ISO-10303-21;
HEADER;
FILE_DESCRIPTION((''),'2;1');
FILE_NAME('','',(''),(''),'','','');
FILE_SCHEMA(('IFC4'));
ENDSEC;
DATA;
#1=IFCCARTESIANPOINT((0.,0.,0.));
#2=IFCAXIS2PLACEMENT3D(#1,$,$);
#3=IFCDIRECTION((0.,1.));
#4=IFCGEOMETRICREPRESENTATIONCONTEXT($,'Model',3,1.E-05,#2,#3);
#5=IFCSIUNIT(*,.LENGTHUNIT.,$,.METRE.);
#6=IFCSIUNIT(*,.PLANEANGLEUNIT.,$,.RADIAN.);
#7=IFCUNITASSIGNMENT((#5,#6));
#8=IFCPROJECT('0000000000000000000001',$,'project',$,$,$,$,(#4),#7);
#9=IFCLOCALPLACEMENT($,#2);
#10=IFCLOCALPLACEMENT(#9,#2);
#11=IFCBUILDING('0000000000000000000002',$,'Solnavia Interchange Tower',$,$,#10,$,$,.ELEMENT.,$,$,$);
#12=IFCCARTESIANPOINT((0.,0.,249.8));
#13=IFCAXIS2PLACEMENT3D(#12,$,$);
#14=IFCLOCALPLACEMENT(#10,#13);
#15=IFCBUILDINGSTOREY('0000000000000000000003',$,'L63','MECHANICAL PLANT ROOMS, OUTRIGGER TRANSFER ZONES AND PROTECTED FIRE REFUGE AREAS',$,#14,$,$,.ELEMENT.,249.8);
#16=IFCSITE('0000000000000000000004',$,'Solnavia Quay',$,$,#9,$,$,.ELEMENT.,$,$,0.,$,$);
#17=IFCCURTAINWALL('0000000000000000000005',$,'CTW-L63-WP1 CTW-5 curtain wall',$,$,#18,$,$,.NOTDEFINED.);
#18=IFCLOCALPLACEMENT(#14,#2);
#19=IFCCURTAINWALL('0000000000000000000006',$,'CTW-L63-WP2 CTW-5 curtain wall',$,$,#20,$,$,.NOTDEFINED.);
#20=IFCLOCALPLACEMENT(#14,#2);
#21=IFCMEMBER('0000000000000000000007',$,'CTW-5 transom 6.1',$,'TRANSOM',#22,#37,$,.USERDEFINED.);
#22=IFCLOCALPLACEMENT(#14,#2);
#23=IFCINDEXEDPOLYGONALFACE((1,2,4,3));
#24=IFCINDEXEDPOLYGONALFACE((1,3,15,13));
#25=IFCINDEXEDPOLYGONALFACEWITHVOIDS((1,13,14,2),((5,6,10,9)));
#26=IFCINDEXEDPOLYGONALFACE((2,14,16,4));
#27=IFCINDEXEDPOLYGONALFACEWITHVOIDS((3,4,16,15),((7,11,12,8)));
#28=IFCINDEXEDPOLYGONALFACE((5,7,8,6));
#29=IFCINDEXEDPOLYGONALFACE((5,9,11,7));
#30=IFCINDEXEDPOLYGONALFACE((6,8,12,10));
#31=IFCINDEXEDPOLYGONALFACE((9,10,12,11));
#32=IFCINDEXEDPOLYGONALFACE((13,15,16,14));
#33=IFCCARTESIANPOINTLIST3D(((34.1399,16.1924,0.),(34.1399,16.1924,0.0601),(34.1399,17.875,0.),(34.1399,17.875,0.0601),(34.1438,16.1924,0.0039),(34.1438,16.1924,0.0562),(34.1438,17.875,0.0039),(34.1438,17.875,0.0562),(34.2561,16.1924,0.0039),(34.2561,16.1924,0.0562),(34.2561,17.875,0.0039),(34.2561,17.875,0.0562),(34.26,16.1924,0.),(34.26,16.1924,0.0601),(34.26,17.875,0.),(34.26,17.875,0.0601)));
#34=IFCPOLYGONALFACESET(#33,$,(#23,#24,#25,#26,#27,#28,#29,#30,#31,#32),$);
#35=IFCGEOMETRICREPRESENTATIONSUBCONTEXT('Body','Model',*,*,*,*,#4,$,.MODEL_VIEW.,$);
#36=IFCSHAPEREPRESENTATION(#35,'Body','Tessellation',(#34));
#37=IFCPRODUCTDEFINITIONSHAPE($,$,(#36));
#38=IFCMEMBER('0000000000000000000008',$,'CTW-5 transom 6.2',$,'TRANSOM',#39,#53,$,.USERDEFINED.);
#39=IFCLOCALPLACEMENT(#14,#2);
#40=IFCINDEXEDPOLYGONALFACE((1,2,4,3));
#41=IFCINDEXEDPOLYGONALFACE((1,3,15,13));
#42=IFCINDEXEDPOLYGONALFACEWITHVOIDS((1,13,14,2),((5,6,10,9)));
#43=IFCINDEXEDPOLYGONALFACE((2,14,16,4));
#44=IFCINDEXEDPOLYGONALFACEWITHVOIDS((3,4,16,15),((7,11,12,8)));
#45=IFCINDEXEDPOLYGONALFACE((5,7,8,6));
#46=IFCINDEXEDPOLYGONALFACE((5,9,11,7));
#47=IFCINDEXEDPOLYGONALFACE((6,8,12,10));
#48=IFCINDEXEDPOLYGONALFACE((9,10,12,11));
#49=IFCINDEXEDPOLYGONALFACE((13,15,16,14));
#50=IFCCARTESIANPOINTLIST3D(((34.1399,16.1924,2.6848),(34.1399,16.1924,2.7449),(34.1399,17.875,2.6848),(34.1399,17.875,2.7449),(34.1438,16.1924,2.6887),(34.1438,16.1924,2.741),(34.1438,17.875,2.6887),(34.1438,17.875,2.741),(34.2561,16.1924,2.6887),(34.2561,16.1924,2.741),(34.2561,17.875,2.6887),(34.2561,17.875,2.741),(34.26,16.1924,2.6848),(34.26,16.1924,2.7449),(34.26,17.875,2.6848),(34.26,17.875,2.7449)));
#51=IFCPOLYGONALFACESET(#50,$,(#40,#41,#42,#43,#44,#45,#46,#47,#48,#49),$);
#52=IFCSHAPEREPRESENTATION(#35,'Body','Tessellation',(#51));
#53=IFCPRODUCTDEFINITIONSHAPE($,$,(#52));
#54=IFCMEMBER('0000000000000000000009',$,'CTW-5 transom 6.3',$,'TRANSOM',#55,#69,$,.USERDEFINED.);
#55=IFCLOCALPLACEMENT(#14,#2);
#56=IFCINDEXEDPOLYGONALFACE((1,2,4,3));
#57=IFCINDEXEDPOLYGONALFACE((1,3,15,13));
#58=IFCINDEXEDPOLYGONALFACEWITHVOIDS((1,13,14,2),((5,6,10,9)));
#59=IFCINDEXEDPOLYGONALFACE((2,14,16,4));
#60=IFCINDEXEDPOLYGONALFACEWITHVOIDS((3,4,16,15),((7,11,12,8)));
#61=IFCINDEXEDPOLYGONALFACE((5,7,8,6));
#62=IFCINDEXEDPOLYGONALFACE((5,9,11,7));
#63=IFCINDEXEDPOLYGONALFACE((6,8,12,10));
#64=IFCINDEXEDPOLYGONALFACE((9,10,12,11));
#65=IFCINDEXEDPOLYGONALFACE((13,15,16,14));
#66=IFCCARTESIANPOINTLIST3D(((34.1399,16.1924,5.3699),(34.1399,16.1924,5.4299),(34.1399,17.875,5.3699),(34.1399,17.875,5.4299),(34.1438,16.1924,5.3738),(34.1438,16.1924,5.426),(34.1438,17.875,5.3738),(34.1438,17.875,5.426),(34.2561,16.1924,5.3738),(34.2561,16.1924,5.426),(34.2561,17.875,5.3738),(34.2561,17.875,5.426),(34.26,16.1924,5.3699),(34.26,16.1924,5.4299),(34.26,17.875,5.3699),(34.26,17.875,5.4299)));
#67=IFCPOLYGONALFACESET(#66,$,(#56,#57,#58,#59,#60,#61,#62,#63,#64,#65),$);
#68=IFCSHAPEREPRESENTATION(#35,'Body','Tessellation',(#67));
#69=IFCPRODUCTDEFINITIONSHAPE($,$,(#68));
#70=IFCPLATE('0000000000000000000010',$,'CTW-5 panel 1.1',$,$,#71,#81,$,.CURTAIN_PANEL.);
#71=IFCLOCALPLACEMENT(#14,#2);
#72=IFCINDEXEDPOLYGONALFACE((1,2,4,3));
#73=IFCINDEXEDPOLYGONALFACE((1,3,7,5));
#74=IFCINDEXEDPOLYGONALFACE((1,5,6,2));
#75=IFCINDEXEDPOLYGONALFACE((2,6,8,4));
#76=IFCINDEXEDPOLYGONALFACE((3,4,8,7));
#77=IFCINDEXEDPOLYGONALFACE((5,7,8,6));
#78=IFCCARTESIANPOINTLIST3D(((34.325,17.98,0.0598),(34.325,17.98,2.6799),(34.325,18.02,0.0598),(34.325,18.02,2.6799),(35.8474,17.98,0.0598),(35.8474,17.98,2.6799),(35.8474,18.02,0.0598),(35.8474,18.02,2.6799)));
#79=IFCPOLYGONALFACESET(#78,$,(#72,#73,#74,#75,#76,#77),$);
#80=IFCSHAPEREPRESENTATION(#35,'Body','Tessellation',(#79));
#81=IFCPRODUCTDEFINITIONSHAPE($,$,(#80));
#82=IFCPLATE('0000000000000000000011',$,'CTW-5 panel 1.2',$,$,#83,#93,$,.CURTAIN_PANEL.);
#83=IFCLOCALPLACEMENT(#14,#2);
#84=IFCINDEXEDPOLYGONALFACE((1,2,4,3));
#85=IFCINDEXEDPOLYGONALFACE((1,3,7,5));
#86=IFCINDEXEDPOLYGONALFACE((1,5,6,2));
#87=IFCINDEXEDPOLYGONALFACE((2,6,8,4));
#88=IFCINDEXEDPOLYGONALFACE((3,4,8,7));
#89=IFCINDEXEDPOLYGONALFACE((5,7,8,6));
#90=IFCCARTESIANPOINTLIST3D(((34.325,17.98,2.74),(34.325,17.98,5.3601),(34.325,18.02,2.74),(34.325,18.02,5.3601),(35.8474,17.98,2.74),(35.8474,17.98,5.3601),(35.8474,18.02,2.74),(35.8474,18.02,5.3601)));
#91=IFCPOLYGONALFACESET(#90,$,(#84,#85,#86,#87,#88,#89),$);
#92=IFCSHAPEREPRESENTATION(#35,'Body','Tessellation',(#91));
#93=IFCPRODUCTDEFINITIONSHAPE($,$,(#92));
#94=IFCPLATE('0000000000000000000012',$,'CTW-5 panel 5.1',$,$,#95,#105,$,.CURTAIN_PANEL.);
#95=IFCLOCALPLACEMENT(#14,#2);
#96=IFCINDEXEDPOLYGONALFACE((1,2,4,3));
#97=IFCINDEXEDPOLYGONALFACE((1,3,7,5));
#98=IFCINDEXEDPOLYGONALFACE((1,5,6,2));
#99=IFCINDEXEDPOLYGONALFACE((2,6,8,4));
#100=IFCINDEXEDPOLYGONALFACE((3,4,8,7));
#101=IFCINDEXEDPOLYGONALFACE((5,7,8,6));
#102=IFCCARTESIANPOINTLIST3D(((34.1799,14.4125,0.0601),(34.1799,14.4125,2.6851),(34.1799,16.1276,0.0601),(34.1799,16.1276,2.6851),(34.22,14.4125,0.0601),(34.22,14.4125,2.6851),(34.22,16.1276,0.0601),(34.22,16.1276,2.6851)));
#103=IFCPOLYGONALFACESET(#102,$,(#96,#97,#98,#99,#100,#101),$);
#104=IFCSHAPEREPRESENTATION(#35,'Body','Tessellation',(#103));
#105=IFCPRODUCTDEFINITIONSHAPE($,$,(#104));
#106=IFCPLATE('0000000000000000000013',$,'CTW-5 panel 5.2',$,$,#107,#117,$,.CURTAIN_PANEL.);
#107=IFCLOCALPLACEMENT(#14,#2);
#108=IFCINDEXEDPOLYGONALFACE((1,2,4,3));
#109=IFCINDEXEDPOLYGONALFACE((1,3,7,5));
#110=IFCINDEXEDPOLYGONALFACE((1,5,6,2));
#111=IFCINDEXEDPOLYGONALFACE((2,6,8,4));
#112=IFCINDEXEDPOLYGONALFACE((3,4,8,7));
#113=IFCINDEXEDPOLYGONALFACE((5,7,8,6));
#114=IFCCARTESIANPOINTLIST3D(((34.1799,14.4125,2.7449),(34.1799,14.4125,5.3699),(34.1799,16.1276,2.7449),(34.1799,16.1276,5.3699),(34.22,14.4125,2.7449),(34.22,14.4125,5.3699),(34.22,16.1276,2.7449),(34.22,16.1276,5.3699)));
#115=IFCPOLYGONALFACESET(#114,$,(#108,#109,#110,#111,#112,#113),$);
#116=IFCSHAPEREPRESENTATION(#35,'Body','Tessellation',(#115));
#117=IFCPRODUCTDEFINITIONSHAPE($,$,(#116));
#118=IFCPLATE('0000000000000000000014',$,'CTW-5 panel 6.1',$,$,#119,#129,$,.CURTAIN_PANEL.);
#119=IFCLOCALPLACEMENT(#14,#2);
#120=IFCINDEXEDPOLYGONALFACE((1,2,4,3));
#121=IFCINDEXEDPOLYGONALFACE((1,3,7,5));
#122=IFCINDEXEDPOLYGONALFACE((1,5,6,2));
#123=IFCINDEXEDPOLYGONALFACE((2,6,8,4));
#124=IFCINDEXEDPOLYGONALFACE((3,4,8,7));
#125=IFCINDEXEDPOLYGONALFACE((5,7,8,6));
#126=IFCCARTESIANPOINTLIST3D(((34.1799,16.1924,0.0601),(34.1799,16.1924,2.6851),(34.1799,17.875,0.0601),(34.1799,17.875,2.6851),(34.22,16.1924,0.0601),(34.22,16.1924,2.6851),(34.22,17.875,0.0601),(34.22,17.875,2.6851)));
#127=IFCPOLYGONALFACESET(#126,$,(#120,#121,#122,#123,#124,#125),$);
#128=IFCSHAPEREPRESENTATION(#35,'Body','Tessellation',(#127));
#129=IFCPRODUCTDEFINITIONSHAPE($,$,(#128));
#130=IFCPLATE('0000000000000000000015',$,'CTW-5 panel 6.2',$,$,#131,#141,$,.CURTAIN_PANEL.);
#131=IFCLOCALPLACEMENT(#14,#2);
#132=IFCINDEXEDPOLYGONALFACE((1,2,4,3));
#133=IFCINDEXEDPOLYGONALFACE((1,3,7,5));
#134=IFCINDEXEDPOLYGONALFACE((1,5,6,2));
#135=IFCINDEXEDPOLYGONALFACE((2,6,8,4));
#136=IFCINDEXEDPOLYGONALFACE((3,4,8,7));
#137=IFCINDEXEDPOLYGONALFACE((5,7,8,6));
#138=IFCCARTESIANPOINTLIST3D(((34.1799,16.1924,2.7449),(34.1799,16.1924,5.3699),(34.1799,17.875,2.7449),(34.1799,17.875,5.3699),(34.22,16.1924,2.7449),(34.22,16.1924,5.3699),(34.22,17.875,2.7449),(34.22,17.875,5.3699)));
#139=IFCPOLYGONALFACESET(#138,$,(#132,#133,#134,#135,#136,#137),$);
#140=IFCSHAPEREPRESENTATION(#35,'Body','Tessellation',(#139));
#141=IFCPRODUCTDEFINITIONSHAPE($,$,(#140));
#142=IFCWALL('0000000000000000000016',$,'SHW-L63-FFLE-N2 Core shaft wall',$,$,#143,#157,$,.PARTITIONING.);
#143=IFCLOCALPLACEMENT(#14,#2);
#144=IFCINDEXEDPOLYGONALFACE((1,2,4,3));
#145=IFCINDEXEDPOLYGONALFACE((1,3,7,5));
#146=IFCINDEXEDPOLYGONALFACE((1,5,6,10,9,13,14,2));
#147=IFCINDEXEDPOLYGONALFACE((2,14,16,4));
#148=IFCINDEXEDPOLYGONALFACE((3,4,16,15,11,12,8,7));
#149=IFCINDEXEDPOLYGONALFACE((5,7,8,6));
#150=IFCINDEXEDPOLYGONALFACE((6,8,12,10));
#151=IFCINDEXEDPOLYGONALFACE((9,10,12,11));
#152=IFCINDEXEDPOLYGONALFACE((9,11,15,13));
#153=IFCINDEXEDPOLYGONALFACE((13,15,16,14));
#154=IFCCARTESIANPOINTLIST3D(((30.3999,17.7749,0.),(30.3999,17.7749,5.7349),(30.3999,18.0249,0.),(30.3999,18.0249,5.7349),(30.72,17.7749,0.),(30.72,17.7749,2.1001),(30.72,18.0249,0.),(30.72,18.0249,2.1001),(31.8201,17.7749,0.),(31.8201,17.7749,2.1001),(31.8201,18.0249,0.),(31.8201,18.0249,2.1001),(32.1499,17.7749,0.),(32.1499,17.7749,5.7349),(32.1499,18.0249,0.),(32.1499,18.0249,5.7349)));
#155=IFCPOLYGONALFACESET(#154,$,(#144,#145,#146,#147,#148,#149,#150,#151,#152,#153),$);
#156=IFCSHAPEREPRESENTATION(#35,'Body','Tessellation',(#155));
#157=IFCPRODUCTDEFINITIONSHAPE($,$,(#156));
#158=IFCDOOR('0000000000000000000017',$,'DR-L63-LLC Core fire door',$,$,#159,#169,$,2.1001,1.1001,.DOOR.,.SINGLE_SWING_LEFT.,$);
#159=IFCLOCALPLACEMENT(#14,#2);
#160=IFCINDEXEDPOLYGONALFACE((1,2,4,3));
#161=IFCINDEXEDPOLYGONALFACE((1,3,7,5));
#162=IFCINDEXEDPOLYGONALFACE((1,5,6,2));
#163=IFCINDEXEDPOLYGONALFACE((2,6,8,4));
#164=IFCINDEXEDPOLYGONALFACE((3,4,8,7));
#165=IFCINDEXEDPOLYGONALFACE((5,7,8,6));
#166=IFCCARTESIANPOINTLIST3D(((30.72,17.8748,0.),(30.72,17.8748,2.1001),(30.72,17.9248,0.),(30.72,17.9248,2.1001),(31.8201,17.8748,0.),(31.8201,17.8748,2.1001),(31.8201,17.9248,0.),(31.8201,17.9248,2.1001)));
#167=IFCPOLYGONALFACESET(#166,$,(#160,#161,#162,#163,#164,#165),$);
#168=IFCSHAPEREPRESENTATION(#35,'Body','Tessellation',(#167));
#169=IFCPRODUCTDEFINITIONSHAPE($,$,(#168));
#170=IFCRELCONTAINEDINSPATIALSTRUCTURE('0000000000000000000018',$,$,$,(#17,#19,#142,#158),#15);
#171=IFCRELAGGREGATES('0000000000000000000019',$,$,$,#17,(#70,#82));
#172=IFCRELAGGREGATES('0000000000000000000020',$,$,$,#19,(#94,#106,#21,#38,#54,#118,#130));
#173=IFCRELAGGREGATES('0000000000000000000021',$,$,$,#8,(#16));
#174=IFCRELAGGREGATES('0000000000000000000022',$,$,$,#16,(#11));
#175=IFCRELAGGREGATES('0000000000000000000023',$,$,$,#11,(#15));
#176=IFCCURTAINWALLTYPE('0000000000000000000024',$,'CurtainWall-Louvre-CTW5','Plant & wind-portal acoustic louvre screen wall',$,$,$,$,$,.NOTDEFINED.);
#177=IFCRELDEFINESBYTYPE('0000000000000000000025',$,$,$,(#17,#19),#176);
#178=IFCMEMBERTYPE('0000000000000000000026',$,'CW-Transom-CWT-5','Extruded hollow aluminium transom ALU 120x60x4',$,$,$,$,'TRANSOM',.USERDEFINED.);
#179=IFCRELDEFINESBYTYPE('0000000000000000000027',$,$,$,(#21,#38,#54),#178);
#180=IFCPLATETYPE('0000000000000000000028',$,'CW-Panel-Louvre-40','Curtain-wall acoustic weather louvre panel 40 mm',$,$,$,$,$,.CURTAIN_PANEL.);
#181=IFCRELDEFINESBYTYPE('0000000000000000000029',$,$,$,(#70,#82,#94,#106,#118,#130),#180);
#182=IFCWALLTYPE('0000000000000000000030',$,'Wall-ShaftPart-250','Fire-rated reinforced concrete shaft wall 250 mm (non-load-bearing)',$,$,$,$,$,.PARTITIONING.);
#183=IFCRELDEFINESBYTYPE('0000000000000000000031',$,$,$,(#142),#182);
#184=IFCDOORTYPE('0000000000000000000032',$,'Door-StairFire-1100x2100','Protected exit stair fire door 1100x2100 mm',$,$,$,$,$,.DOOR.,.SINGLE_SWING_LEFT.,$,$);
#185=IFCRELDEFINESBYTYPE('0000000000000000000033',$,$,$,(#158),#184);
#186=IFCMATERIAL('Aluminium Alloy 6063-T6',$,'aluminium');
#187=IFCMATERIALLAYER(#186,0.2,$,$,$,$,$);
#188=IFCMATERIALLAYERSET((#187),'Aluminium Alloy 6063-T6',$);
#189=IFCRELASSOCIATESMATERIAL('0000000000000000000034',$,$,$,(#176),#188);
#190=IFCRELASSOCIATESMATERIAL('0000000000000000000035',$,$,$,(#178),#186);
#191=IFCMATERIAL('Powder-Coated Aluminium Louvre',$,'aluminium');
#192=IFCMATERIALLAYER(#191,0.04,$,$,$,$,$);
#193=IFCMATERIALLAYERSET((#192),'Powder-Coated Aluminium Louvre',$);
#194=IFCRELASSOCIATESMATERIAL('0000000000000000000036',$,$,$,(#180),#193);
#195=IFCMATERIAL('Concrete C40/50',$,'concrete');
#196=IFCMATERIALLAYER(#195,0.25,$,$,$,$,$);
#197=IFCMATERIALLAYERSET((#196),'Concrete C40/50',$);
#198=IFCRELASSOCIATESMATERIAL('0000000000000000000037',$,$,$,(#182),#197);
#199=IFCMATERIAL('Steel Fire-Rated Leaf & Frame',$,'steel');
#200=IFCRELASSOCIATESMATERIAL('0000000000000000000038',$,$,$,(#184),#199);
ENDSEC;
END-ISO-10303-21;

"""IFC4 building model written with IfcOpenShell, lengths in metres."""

from ifc_helpers import new_model, si_unit, direction, frame, frame_2d, origin, origin_2d, place, context, subcontext, project, spatial, rectangle, hollow_rectangle, extrude, material, layer, layer_set, material_profile, profile_set, type_object, element, fill, aggregate, save


model = new_model("IFC4")

# Units and contexts
model_context = context("Model", 3, precision=1e-05, world=origin(), true_north=direction((0.0, 1.0)))
body_context = subcontext(model_context, "Body", "Model", "MODEL_VIEW")
ifc_project = project(units=[si_unit("LENGTHUNIT", "METRE"), si_unit("PLANEANGLEUNIT", "RADIAN")], contexts=[model_context])

# Site, building, storey
site_placement = place(None, origin())
site = spatial("IfcSite", under=ifc_project, at=site_placement, Name="Solnavia Quay", CompositionType="ELEMENT", RefElevation=0.0)
building_placement = place(site_placement, origin())
building = spatial("IfcBuilding", under=site, at=building_placement, Name="Solnavia Interchange Tower", CompositionType="ELEMENT")
storey_placement = place(building_placement, frame((0.0, 0.0, 249.8)))
storey = spatial("IfcBuildingStorey", under=building, at=storey_placement, Name="L63", Description="MECHANICAL PLANT ROOMS, OUTRIGGER TRANSFER ZONES AND PROTECTED FIRE REFUGE AREAS", CompositionType="ELEMENT", Elevation=249.8)

# Curtain walls
ifc_material_1 = material(Name="Aluminium Alloy 6063-T6", Category="aluminium")
ifc_layer_1 = layer(ifc_material_1, 0.2)
ifc_layer_set_1 = layer_set([ifc_layer_1], Name="Aluminium Alloy 6063-T6")
curtain_wall_type = type_object("IfcCurtainWallType", Name="CurtainWall-Louvre-CTW5", Description="Plant & wind-portal acoustic louvre screen wall", PredefinedType="NOTDEFINED", material=ifc_layer_set_1)
curtain_wall_1_placement = place(storey_placement, origin())
curtain_wall_1 = element("IfcCurtainWall", 1, at=curtain_wall_1_placement, inside=storey, type_object=curtain_wall_type, Name="CTW-L63-WP1 CTW-5 curtain wall", PredefinedType="NOTDEFINED")
curtain_wall_2_placement = place(storey_placement, origin())
curtain_wall_2 = element("IfcCurtainWall", 2, at=curtain_wall_2_placement, inside=storey, type_object=curtain_wall_type, Name="CTW-L63-WP2 CTW-5 curtain wall", PredefinedType="NOTDEFINED")

# Members
ifc_material_profile_1 = material_profile(ifc_material_1, hollow_rectangle(XDim=0.0601, YDim=0.1201, WallThickness=0.0039, at=origin_2d()), Name="ALU 120x60x4")
ifc_profile_set_1 = profile_set([ifc_material_profile_1], Name="Aluminium Alloy 6063-T6")
member_type_1 = type_object("IfcMemberType", Name="CW-Transom-CWT-5", Description="Extruded hollow aluminium transom ALU 120x60x4", ElementType="TRANSOM", PredefinedType="USERDEFINED", material=ifc_profile_set_1)
member_1_placement = place(storey_placement, frame((34.2, 16.1924, 0.03), z_axis=(0.0, 1.0, 0.0), x_axis=(0.0, 0.0, 1.0)))
member_1 = element("IfcMember", 3, at=member_1_placement, type_object=member_type_1, Name="CTW-5 transom 6.1", ObjectType="TRANSOM", PredefinedType="USERDEFINED", context=body_context, shape_type="SweptSolid", body=[
    extrude(hollow_rectangle(XDim=0.0601, YDim=0.1201, WallThickness=0.0039, at=origin_2d()), origin(), (0.0, 0.0, 1.0), 1.6826),
])
member_2_placement = place(storey_placement, frame((34.2, 16.1924, 2.7148), z_axis=(0.0, 1.0, 0.0), x_axis=(0.0, 0.0, 1.0)))
member_2 = element("IfcMember", 4, at=member_2_placement, type_object=member_type_1, Name="CTW-5 transom 6.2", ObjectType="TRANSOM", PredefinedType="USERDEFINED", context=body_context, shape_type="SweptSolid", body=[
    extrude(hollow_rectangle(XDim=0.0601, YDim=0.1201, WallThickness=0.0039, at=origin_2d()), origin(), (0.0, 0.0, 1.0), 1.6826),
])
member_3_placement = place(storey_placement, frame((34.2, 16.1924, 5.3999), z_axis=(0.0, 1.0, 0.0), x_axis=(0.0, 0.0, 1.0)))
member_3 = element("IfcMember", 5, at=member_3_placement, type_object=member_type_1, Name="CTW-5 transom 6.3", ObjectType="TRANSOM", PredefinedType="USERDEFINED", context=body_context, shape_type="SweptSolid", body=[
    extrude(hollow_rectangle(XDim=0.0601, YDim=0.1201, WallThickness=0.0039, at=origin_2d()), origin(), (0.0, 0.0, 1.0), 1.6826),
])

# Plates
ifc_material_2 = material(Name="Powder-Coated Aluminium Louvre", Category="aluminium")
ifc_layer_2 = layer(ifc_material_2, 0.04)
ifc_layer_set_2 = layer_set([ifc_layer_2], Name="Powder-Coated Aluminium Louvre")
plate_type = type_object("IfcPlateType", Name="CW-Panel-Louvre-40", Description="Curtain-wall acoustic weather louvre panel 40 mm", PredefinedType="CURTAIN_PANEL", material=ifc_layer_set_2)
plate_1_placement = place(storey_placement, frame((35.0862, 18.0, 0.0598), z_axis=(0.0, 0.0, 1.0), x_axis=(1.0, 0.0, 0.0)))
plate_1 = element("IfcPlate", 6, at=plate_1_placement, type_object=plate_type, Name="CTW-5 panel 1.1", PredefinedType="CURTAIN_PANEL", context=body_context, shape_type="SweptSolid", body=[
    extrude(rectangle(XDim=1.5225, YDim=0.04, at=origin_2d()), origin(), (0.0, 0.0, 1.0), 2.6201),
])
plate_2_placement = place(storey_placement, frame((35.0862, 18.0, 2.74), z_axis=(0.0, 0.0, 1.0), x_axis=(1.0, 0.0, 0.0)))
plate_2 = element("IfcPlate", 7, at=plate_2_placement, type_object=plate_type, Name="CTW-5 panel 1.2", PredefinedType="CURTAIN_PANEL", context=body_context, shape_type="SweptSolid", body=[
    extrude(rectangle(XDim=1.5225, YDim=0.04, at=origin_2d()), origin(), (0.0, 0.0, 1.0), 2.6201),
])
aggregate(curtain_wall_1, [plate_1, plate_2])
plate_3_placement = place(storey_placement, frame((34.2, 15.27, 0.0601), z_axis=(0.0, 0.0, 1.0), x_axis=(0.0, 1.0, 0.0)))
plate_3 = element("IfcPlate", 8, at=plate_3_placement, type_object=plate_type, Name="CTW-5 panel 5.1", PredefinedType="CURTAIN_PANEL", context=body_context, shape_type="SweptSolid", body=[
    extrude(rectangle(XDim=1.7151, YDim=0.04, at=origin_2d()), origin(), (0.0, 0.0, 1.0), 2.625),
])
plate_4_placement = place(storey_placement, frame((34.2, 15.27, 2.7449), z_axis=(0.0, 0.0, 1.0), x_axis=(0.0, 1.0, 0.0)))
plate_4 = element("IfcPlate", 9, at=plate_4_placement, type_object=plate_type, Name="CTW-5 panel 5.2", PredefinedType="CURTAIN_PANEL", context=body_context, shape_type="SweptSolid", body=[
    extrude(rectangle(XDim=1.7151, YDim=0.04, at=origin_2d()), origin(), (0.0, 0.0, 1.0), 2.625),
])
plate_5_placement = place(storey_placement, frame((34.2, 17.0337, 0.0601), z_axis=(0.0, 0.0, 1.0), x_axis=(0.0, 1.0, 0.0)))
plate_5 = element("IfcPlate", 10, at=plate_5_placement, type_object=plate_type, Name="CTW-5 panel 6.1", PredefinedType="CURTAIN_PANEL", context=body_context, shape_type="SweptSolid", body=[
    extrude(rectangle(XDim=1.6826, YDim=0.04, at=origin_2d()), origin(), (0.0, 0.0, 1.0), 2.625),
])
plate_6_placement = place(storey_placement, frame((34.2, 17.0337, 2.7449), z_axis=(0.0, 0.0, 1.0), x_axis=(0.0, 1.0, 0.0)))
plate_6 = element("IfcPlate", 11, at=plate_6_placement, type_object=plate_type, Name="CTW-5 panel 6.2", PredefinedType="CURTAIN_PANEL", context=body_context, shape_type="SweptSolid", body=[
    extrude(rectangle(XDim=1.6826, YDim=0.04, at=origin_2d()), origin(), (0.0, 0.0, 1.0), 2.625),
])
aggregate(curtain_wall_2, [plate_3, plate_4, member_1, member_2, member_3, plate_5, plate_6])

# Wall, opening, door
ifc_material_3 = material(Name="Concrete C40/50", Category="concrete")
ifc_layer_3 = layer(ifc_material_3, 0.25)
ifc_layer_set_3 = layer_set([ifc_layer_3], Name="Concrete C40/50")
wall_type = type_object("IfcWallType", Name="Wall-ShaftPart-250", Description="Fire-rated reinforced concrete shaft wall 250 mm (non-load-bearing)", PredefinedType="PARTITIONING", material=ifc_layer_set_3)
wall_placement = place(storey_placement, frame((30.3999, 17.8999, 0.0), z_axis=(0.0, 0.0, 1.0), x_axis=(1.0, 0.0, 0.0)))
wall = element("IfcWall", 12, at=wall_placement, inside=storey, type_object=wall_type, Name="SHW-L63-FFLE-N2 Core shaft wall", PredefinedType="PARTITIONING", context=body_context, shape_type="SweptSolid", body=[
    extrude(rectangle(XDim=1.75, YDim=0.25, at=frame_2d((0.875, 0.0))), origin(), (0.0, 0.0, 1.0), 5.7349),
])
opening_placement = place(wall_placement, frame((0.3201, 0.0, 0.0)))
opening = element("IfcOpeningElement", 13, at=opening_placement, cuts=wall, PredefinedType="OPENING", context=body_context, shape_type="SweptSolid", body=[
    extrude(rectangle(XDim=1.1001, YDim=2.1001, at=frame_2d((0.55, 1.05))), frame((0.0, 0.135, 0.0), z_axis=(0.0, -1.0, 0.0), x_axis=(1.0, 0.0, 0.0)), (0.0, 0.0, 1.0), 0.27),
])
ifc_material_4 = material(Name="Steel Fire-Rated Leaf & Frame", Category="steel")
door_type = type_object("IfcDoorType", Name="Door-StairFire-1100x2100", Description="Protected exit stair fire door 1100x2100 mm", OperationType="SINGLE_SWING_LEFT", PredefinedType="DOOR", material=ifc_material_4)
door_placement = place(opening_placement, origin())
door = element("IfcDoor", 14, at=door_placement, inside=storey, type_object=door_type, Name="DR-L63-LLC Core fire door", OperationType="SINGLE_SWING_LEFT", OverallHeight=2.1001, OverallWidth=1.1001, PredefinedType="DOOR", context=body_context, shape_type="SweptSolid", body=[
    extrude(rectangle(XDim=1.1001, YDim=2.1001, at=frame_2d((0.55, 1.05))), frame((0.0, 0.0249, 0.0), z_axis=(0.0, -1.0, 0.0), x_axis=(1.0, 0.0, 0.0)), (0.0, 0.0, 1.0), 0.05),
])
fill(opening, door)

save(model, "model.ifc")
